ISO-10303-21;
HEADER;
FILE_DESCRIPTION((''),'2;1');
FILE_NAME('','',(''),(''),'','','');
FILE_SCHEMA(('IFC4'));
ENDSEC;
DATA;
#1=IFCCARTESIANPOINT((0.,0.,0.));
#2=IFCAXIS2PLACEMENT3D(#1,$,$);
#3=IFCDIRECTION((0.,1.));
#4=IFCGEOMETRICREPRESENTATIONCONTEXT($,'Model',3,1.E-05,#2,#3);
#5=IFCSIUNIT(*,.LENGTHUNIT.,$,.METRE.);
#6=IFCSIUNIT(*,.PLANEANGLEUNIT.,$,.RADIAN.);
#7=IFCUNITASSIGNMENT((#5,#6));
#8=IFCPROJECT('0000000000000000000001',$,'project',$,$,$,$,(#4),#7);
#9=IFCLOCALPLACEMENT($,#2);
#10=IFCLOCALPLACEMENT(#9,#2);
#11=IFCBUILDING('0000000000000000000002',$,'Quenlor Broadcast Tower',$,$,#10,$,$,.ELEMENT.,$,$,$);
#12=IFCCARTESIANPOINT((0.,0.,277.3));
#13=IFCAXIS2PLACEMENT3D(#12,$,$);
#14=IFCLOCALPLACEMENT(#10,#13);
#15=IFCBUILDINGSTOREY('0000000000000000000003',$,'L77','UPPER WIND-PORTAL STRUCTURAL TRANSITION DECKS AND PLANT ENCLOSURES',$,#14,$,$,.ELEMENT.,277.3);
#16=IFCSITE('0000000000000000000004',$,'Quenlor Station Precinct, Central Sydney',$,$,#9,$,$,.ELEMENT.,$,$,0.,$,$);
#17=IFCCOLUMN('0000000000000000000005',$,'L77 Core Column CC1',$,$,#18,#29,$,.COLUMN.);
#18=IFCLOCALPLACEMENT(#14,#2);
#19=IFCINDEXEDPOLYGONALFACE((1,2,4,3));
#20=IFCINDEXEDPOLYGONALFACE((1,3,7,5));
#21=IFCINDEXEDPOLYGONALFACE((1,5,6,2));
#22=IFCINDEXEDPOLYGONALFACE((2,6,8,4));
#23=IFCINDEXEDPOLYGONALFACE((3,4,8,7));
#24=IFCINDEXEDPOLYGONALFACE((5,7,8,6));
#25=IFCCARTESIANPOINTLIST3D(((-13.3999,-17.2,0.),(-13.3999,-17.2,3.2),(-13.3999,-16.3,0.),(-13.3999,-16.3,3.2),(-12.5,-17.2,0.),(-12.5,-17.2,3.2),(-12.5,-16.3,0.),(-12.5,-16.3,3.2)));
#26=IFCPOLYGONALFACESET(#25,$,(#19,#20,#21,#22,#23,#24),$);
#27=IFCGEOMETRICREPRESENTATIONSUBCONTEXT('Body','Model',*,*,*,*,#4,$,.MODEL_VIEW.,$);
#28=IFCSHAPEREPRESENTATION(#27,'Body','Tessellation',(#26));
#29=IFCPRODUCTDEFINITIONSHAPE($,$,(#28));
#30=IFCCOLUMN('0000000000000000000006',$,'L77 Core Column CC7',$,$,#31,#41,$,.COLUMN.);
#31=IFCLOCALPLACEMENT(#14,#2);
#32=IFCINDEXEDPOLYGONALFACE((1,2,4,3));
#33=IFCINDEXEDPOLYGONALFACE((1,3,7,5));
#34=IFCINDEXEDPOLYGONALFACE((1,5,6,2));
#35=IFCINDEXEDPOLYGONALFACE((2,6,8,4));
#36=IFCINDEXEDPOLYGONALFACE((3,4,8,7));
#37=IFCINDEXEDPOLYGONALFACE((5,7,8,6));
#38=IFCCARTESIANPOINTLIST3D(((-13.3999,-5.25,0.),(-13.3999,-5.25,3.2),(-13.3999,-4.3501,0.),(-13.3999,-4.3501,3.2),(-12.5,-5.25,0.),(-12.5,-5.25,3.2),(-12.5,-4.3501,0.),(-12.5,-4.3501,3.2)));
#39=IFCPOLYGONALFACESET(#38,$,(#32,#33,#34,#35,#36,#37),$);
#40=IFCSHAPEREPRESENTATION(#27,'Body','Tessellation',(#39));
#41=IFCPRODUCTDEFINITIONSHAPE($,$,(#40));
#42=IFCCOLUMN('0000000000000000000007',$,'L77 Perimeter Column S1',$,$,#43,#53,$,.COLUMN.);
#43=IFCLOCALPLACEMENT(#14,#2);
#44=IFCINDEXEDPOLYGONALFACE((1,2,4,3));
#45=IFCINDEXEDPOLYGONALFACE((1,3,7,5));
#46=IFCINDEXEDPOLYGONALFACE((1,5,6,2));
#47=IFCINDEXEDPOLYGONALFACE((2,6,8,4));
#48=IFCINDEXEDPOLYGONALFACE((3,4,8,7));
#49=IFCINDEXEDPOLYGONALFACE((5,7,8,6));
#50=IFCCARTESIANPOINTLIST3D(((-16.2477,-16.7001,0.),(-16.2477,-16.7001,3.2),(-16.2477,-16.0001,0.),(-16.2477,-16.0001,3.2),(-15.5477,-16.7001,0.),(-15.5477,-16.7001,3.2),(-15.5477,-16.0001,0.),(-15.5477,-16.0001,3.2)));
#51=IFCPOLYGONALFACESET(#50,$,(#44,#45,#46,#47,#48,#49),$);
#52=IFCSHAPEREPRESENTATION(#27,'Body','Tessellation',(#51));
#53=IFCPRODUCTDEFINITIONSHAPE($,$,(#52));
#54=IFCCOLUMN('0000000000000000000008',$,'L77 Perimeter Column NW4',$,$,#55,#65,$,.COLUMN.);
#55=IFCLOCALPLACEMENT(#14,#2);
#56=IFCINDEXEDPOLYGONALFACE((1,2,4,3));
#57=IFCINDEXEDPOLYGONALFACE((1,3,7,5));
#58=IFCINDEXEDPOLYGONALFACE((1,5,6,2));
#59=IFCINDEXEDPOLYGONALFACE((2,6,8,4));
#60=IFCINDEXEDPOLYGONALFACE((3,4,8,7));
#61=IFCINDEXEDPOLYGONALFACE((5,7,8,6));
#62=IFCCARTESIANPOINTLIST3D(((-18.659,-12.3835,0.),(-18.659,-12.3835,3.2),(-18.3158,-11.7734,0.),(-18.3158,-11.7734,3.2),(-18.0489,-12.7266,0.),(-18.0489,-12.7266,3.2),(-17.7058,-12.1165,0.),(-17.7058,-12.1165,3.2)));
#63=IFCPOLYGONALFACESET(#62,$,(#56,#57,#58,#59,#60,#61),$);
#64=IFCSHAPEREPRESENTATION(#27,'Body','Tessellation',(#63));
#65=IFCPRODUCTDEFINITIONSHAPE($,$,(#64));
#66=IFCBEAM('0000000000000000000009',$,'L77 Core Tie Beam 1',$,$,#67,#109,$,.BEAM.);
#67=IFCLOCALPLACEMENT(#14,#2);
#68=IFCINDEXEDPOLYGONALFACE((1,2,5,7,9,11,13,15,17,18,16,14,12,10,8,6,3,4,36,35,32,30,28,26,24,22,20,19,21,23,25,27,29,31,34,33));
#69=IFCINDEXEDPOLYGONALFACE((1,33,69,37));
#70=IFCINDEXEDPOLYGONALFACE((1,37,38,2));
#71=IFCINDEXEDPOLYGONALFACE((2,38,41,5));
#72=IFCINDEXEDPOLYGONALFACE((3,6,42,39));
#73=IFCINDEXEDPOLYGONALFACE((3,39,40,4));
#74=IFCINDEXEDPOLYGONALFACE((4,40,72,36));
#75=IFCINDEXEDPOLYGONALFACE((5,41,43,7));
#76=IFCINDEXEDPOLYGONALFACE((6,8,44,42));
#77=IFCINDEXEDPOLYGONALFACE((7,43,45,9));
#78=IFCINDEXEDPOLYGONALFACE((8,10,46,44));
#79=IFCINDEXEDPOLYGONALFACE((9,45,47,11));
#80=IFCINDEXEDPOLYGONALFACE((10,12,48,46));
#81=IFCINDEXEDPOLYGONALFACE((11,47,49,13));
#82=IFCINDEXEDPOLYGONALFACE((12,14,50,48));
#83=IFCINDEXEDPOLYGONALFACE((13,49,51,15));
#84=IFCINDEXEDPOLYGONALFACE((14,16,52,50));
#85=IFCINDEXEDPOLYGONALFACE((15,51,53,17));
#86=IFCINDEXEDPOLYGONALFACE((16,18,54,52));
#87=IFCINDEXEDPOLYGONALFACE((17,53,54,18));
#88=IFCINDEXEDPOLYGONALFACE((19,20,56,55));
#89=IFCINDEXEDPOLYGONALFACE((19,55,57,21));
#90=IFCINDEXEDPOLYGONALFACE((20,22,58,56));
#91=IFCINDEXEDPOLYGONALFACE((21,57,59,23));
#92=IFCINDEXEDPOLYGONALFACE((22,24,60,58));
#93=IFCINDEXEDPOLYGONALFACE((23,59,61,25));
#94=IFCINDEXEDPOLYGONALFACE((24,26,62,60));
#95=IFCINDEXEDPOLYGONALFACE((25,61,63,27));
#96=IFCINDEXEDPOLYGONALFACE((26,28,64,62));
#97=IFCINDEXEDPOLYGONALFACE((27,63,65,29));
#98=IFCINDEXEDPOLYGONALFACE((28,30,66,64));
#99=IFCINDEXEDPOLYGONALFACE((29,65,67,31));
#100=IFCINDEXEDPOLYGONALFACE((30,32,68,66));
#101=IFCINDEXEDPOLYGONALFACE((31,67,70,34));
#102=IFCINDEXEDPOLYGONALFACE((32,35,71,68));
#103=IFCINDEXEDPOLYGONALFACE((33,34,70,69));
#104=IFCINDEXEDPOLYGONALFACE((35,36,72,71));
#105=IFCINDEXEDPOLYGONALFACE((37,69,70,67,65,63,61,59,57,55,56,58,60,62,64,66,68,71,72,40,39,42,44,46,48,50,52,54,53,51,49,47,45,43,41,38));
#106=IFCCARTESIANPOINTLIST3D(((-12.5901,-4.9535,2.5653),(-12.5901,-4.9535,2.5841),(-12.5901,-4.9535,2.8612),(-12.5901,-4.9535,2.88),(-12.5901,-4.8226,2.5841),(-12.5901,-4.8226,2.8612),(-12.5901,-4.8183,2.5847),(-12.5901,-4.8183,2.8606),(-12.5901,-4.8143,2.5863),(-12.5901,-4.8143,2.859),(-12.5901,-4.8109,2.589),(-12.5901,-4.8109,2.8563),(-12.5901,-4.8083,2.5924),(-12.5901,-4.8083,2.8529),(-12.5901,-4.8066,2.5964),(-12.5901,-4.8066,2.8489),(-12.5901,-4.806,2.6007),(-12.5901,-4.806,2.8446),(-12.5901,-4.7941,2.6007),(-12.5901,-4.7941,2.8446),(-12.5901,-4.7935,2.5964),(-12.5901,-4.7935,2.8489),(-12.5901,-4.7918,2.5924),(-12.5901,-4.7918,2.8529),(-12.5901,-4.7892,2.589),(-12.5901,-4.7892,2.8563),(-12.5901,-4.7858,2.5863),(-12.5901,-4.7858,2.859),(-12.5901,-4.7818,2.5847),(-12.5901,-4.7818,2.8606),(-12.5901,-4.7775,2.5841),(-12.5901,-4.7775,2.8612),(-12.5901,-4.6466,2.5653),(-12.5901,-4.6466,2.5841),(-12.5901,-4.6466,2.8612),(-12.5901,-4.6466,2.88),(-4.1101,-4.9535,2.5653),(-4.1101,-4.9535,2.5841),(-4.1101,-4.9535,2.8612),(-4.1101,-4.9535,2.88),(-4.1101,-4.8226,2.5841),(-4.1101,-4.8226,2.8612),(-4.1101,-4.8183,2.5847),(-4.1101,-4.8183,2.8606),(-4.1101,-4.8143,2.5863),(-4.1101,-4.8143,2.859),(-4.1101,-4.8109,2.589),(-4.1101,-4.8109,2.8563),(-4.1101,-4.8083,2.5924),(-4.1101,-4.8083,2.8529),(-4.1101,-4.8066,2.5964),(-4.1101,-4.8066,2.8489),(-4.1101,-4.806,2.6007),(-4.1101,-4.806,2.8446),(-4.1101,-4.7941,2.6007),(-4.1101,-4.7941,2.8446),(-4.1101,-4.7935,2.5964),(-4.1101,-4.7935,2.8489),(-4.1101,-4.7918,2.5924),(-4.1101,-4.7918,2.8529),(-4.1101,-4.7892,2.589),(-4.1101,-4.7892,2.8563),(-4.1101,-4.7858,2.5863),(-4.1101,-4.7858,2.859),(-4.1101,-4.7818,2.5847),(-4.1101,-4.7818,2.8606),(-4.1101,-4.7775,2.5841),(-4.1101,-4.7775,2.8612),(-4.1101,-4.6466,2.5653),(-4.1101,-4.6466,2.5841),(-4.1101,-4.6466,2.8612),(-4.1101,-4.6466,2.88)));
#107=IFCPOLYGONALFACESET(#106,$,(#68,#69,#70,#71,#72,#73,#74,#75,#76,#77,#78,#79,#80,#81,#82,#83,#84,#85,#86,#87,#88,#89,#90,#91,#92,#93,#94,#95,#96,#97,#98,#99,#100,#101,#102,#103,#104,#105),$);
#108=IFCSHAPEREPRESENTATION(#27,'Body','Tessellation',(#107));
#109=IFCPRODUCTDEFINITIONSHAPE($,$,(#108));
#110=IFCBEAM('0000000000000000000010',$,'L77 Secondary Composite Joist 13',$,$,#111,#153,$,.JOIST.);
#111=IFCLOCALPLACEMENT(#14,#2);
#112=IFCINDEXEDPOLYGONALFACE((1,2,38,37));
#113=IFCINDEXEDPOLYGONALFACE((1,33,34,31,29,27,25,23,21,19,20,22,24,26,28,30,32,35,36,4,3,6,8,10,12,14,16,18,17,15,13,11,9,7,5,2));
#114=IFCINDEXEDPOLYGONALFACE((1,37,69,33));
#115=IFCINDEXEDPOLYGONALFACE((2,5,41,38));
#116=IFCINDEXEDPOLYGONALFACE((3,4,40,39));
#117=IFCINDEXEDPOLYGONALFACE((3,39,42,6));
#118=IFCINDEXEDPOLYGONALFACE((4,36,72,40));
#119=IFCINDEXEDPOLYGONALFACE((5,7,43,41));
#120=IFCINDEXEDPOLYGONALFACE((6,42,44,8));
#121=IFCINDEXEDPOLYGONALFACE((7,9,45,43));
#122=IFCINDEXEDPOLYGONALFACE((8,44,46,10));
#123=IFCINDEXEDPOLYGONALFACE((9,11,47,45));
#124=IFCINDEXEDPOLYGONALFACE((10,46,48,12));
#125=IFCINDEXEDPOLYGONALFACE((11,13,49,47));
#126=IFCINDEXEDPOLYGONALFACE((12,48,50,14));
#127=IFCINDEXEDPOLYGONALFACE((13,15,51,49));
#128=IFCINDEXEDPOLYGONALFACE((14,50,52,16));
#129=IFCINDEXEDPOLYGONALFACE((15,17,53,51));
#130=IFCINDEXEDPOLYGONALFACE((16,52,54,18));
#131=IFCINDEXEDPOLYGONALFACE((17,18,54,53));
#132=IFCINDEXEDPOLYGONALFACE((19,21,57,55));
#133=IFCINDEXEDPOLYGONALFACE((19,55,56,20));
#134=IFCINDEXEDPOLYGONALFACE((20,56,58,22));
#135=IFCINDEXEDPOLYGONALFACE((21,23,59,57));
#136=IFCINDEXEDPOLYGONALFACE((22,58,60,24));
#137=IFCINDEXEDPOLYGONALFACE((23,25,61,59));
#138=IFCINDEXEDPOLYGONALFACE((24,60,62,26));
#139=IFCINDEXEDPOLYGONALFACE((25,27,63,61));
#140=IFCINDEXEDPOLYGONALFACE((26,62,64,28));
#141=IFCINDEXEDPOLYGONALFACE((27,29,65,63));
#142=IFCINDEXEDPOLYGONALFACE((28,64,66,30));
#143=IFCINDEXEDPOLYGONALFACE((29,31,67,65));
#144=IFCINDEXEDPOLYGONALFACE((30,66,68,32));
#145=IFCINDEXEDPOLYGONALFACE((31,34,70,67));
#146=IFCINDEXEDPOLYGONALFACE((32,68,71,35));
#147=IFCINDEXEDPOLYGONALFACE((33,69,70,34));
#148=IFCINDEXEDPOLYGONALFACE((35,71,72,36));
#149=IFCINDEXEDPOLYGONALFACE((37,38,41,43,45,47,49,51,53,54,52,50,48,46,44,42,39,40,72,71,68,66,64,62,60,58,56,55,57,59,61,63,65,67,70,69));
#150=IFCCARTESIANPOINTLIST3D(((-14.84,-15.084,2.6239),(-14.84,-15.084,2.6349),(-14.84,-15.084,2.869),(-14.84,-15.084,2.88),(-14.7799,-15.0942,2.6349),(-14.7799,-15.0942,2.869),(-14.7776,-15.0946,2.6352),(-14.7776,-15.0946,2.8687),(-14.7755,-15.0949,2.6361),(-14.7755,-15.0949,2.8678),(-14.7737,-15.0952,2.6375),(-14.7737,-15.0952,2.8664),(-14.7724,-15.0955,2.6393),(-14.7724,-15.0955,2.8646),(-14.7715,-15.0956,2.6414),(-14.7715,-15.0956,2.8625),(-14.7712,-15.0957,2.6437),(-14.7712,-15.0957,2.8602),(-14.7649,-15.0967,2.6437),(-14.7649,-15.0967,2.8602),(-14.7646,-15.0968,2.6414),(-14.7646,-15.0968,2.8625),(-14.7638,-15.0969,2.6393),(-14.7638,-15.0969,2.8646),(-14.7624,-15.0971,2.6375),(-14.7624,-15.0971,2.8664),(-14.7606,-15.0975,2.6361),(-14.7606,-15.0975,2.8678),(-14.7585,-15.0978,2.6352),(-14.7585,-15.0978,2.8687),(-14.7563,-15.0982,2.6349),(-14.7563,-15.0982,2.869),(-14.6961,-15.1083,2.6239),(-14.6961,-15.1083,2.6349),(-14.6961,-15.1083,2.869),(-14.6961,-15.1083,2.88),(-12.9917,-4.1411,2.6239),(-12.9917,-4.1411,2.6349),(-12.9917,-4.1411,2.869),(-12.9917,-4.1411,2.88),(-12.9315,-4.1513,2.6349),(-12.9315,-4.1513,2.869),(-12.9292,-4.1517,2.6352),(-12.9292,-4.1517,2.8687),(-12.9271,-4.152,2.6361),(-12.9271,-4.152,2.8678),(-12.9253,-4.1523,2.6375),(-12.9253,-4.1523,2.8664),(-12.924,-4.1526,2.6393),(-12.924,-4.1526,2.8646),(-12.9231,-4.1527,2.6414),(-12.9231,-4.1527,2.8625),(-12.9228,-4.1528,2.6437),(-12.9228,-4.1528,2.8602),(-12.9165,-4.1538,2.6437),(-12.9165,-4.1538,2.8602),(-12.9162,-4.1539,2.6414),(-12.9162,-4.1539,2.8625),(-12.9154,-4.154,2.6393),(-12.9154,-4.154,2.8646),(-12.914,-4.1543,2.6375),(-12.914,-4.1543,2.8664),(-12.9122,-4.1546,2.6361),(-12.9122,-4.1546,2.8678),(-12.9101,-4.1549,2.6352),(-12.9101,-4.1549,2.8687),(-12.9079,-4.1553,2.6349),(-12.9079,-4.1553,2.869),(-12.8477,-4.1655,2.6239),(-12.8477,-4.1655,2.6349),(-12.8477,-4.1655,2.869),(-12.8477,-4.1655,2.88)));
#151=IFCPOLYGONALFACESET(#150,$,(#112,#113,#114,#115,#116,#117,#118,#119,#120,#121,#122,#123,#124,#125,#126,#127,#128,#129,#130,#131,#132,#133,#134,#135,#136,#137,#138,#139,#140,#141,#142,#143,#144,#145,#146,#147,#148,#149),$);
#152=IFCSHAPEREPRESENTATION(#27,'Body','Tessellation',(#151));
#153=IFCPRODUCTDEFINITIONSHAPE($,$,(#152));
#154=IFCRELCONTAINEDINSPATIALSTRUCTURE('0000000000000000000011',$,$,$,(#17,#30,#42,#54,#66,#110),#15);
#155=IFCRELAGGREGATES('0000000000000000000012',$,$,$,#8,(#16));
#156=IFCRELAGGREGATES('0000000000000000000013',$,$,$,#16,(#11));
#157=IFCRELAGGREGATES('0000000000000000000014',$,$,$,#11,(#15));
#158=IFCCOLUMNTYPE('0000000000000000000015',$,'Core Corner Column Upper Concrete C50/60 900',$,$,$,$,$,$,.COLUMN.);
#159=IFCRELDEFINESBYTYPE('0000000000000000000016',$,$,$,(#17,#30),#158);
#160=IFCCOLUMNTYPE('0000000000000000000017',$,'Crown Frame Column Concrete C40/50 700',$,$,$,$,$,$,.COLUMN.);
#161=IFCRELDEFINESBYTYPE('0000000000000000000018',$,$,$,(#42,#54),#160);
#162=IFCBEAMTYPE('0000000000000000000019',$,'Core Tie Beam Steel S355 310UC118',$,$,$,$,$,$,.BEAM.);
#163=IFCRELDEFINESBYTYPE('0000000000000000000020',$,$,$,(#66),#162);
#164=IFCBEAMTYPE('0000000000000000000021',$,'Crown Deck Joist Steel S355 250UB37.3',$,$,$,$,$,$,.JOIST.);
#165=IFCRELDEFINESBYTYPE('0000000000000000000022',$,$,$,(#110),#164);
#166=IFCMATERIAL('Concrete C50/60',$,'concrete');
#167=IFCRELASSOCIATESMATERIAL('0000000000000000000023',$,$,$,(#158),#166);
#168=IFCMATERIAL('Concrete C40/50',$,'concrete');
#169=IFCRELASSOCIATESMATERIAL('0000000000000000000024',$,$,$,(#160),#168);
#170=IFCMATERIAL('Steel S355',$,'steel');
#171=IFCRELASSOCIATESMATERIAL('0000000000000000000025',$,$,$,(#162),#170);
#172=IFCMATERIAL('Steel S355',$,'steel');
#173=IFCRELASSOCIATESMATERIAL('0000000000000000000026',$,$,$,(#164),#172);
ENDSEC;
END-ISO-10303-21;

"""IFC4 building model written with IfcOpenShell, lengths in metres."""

from ifc_helpers import new_model, si_unit, direction, frame, origin, origin_2d, place, context, subcontext, project, spatial, rectangle, i_section, extrude, material, material_profile, profile_set, type_object, element, save


model = new_model("IFC4")

# Units and contexts
model_context = context("Model", 3, precision=1e-05, world=origin(), true_north=direction((0.0, 1.0)))
body_context = subcontext(model_context, "Body", "Model", "MODEL_VIEW")
ifc_project = project(units=[si_unit("LENGTHUNIT", "METRE"), si_unit("PLANEANGLEUNIT", "RADIAN")], contexts=[model_context])

# Site, building, storey
site_placement = place(None, origin())
site = spatial("IfcSite", under=ifc_project, at=site_placement, Name="Quenlor Station Precinct, Central Sydney", CompositionType="ELEMENT", RefElevation=0.0)
building_placement = place(site_placement, origin())
building = spatial("IfcBuilding", under=site, at=building_placement, Name="Quenlor Broadcast Tower", CompositionType="ELEMENT")
storey_placement = place(building_placement, frame((0.0, 0.0, 277.3)))
storey = spatial("IfcBuildingStorey", under=building, at=storey_placement, Name="L77", Description="UPPER WIND-PORTAL STRUCTURAL TRANSITION DECKS AND PLANT ENCLOSURES", CompositionType="ELEMENT", Elevation=277.3)

# Columns
ifc_material_1 = material(Name="Concrete C50/60", Category="concrete")
ifc_material_profile_1 = material_profile(ifc_material_1, rectangle(XDim=0.8999, YDim=0.8999, at=origin_2d()))
ifc_profile_set_1 = profile_set([ifc_material_profile_1], Name="Concrete C50/60 RC900x900")
column_type_1 = type_object("IfcColumnType", Name="Core Corner Column Upper Concrete C50/60 900", PredefinedType="COLUMN", material=ifc_profile_set_1)
for number, where, z_axis, x_axis, name in (
    (1, (-12.95, -16.75, 0.0), (0.0, 0.0, 1.0), (1.0, 0.0, 0.0), "L77 Core Column CC1"),
    (2, (-12.95, -4.8, 0.0), (0.0, 0.0, 1.0), (1.0, 0.0, 0.0), "L77 Core Column CC7"),
):
    element("IfcColumn", number, at=place(storey_placement, frame(where, z_axis=z_axis, x_axis=x_axis)), inside=storey, type_object=column_type_1, Name=name, PredefinedType="COLUMN", context=body_context, shape_type="SweptSolid", body=[
        extrude(rectangle(XDim=0.8999, YDim=0.8999, at=origin_2d()), origin(), (0.0, 0.0, 1.0), 3.2),
    ])
ifc_material_2 = material(Name="Concrete C40/50", Category="concrete")
ifc_material_profile_2 = material_profile(ifc_material_2, rectangle(XDim=0.7, YDim=0.7, at=origin_2d()))
ifc_profile_set_2 = profile_set([ifc_material_profile_2], Name="Concrete C40/50 RC700x700")
column_type_2 = type_object("IfcColumnType", Name="Crown Frame Column Concrete C40/50 700", PredefinedType="COLUMN", material=ifc_profile_set_2)
for number, where, z_axis, x_axis, name in (
    (3, (-15.8977, -16.3501, 0.0), (0.0, 0.0, 1.0), (0.0, 1.0, 0.0), "L77 Perimeter Column S1"),
    (4, (-18.1824, -12.25, 0.0), (0.0, 0.0, 1.0), (-0.871575, 0.490262, 0.0), "L77 Perimeter Column NW4"),
):
    element("IfcColumn", number, at=place(storey_placement, frame(where, z_axis=z_axis, x_axis=x_axis)), inside=storey, type_object=column_type_2, Name=name, PredefinedType="COLUMN", context=body_context, shape_type="SweptSolid", body=[
        extrude(rectangle(XDim=0.7, YDim=0.7, at=origin_2d()), origin(), (0.0, 0.0, 1.0), 3.2),
    ])

# Beams
ifc_material_3 = material(Name="Steel S355", Category="steel")
ifc_material_profile_3 = material_profile(ifc_material_3, i_section(OverallWidth=0.3069, OverallDepth=0.3147, WebThickness=0.012, FlangeThickness=0.0188, FilletRadius=0.0166, at=origin_2d()))
ifc_profile_set_3 = profile_set([ifc_material_profile_3], Name="Steel S355 310UC118")
beam_type_1 = type_object("IfcBeamType", Name="Core Tie Beam Steel S355 310UC118", PredefinedType="BEAM", material=ifc_profile_set_3)
beam_1_placement = place(storey_placement, frame((-12.5901, -4.8, 2.7227), z_axis=(1.0, 0.0, 0.0), x_axis=(0.0, 1.0, 0.0)))
element("IfcBeam", 5, at=beam_1_placement, inside=storey, type_object=beam_type_1, Name="L77 Core Tie Beam 1", PredefinedType="BEAM", context=body_context, shape_type="SweptSolid", body=[
    extrude(i_section(OverallWidth=0.3069, OverallDepth=0.3147, WebThickness=0.012, FlangeThickness=0.0188, FilletRadius=0.0166, at=origin_2d()), origin(), (0.0, 0.0, 1.0), 8.48),
])
ifc_material_4 = material(Name="Steel S355", Category="steel")
ifc_material_profile_4 = material_profile(ifc_material_4, i_section(OverallWidth=0.146, OverallDepth=0.2561, WebThickness=0.0063, FlangeThickness=0.011, FilletRadius=0.0088, at=origin_2d()))
ifc_profile_set_4 = profile_set([ifc_material_profile_4], Name="Steel S355 250UB37.3")
beam_type_2 = type_object("IfcBeamType", Name="Crown Deck Joist Steel S355 250UB37.3", PredefinedType="JOIST", material=ifc_profile_set_4)
beam_2_placement = place(storey_placement, frame((-14.7681, -15.0962, 2.752), z_axis=(0.166553, 0.986032, 0.0), x_axis=(-0.986032, 0.166553, 0.0)))
element("IfcBeam", 6, at=beam_2_placement, inside=storey, type_object=beam_type_2, Name="L77 Secondary Composite Joist 13", PredefinedType="JOIST", context=body_context, shape_type="SweptSolid", body=[
    extrude(i_section(OverallWidth=0.146, OverallDepth=0.2561, WebThickness=0.0063, FlangeThickness=0.011, FilletRadius=0.0088, at=origin_2d()), origin(), (0.0, 0.0, 1.0), 11.0979),
])

save(model, "model.ifc")
